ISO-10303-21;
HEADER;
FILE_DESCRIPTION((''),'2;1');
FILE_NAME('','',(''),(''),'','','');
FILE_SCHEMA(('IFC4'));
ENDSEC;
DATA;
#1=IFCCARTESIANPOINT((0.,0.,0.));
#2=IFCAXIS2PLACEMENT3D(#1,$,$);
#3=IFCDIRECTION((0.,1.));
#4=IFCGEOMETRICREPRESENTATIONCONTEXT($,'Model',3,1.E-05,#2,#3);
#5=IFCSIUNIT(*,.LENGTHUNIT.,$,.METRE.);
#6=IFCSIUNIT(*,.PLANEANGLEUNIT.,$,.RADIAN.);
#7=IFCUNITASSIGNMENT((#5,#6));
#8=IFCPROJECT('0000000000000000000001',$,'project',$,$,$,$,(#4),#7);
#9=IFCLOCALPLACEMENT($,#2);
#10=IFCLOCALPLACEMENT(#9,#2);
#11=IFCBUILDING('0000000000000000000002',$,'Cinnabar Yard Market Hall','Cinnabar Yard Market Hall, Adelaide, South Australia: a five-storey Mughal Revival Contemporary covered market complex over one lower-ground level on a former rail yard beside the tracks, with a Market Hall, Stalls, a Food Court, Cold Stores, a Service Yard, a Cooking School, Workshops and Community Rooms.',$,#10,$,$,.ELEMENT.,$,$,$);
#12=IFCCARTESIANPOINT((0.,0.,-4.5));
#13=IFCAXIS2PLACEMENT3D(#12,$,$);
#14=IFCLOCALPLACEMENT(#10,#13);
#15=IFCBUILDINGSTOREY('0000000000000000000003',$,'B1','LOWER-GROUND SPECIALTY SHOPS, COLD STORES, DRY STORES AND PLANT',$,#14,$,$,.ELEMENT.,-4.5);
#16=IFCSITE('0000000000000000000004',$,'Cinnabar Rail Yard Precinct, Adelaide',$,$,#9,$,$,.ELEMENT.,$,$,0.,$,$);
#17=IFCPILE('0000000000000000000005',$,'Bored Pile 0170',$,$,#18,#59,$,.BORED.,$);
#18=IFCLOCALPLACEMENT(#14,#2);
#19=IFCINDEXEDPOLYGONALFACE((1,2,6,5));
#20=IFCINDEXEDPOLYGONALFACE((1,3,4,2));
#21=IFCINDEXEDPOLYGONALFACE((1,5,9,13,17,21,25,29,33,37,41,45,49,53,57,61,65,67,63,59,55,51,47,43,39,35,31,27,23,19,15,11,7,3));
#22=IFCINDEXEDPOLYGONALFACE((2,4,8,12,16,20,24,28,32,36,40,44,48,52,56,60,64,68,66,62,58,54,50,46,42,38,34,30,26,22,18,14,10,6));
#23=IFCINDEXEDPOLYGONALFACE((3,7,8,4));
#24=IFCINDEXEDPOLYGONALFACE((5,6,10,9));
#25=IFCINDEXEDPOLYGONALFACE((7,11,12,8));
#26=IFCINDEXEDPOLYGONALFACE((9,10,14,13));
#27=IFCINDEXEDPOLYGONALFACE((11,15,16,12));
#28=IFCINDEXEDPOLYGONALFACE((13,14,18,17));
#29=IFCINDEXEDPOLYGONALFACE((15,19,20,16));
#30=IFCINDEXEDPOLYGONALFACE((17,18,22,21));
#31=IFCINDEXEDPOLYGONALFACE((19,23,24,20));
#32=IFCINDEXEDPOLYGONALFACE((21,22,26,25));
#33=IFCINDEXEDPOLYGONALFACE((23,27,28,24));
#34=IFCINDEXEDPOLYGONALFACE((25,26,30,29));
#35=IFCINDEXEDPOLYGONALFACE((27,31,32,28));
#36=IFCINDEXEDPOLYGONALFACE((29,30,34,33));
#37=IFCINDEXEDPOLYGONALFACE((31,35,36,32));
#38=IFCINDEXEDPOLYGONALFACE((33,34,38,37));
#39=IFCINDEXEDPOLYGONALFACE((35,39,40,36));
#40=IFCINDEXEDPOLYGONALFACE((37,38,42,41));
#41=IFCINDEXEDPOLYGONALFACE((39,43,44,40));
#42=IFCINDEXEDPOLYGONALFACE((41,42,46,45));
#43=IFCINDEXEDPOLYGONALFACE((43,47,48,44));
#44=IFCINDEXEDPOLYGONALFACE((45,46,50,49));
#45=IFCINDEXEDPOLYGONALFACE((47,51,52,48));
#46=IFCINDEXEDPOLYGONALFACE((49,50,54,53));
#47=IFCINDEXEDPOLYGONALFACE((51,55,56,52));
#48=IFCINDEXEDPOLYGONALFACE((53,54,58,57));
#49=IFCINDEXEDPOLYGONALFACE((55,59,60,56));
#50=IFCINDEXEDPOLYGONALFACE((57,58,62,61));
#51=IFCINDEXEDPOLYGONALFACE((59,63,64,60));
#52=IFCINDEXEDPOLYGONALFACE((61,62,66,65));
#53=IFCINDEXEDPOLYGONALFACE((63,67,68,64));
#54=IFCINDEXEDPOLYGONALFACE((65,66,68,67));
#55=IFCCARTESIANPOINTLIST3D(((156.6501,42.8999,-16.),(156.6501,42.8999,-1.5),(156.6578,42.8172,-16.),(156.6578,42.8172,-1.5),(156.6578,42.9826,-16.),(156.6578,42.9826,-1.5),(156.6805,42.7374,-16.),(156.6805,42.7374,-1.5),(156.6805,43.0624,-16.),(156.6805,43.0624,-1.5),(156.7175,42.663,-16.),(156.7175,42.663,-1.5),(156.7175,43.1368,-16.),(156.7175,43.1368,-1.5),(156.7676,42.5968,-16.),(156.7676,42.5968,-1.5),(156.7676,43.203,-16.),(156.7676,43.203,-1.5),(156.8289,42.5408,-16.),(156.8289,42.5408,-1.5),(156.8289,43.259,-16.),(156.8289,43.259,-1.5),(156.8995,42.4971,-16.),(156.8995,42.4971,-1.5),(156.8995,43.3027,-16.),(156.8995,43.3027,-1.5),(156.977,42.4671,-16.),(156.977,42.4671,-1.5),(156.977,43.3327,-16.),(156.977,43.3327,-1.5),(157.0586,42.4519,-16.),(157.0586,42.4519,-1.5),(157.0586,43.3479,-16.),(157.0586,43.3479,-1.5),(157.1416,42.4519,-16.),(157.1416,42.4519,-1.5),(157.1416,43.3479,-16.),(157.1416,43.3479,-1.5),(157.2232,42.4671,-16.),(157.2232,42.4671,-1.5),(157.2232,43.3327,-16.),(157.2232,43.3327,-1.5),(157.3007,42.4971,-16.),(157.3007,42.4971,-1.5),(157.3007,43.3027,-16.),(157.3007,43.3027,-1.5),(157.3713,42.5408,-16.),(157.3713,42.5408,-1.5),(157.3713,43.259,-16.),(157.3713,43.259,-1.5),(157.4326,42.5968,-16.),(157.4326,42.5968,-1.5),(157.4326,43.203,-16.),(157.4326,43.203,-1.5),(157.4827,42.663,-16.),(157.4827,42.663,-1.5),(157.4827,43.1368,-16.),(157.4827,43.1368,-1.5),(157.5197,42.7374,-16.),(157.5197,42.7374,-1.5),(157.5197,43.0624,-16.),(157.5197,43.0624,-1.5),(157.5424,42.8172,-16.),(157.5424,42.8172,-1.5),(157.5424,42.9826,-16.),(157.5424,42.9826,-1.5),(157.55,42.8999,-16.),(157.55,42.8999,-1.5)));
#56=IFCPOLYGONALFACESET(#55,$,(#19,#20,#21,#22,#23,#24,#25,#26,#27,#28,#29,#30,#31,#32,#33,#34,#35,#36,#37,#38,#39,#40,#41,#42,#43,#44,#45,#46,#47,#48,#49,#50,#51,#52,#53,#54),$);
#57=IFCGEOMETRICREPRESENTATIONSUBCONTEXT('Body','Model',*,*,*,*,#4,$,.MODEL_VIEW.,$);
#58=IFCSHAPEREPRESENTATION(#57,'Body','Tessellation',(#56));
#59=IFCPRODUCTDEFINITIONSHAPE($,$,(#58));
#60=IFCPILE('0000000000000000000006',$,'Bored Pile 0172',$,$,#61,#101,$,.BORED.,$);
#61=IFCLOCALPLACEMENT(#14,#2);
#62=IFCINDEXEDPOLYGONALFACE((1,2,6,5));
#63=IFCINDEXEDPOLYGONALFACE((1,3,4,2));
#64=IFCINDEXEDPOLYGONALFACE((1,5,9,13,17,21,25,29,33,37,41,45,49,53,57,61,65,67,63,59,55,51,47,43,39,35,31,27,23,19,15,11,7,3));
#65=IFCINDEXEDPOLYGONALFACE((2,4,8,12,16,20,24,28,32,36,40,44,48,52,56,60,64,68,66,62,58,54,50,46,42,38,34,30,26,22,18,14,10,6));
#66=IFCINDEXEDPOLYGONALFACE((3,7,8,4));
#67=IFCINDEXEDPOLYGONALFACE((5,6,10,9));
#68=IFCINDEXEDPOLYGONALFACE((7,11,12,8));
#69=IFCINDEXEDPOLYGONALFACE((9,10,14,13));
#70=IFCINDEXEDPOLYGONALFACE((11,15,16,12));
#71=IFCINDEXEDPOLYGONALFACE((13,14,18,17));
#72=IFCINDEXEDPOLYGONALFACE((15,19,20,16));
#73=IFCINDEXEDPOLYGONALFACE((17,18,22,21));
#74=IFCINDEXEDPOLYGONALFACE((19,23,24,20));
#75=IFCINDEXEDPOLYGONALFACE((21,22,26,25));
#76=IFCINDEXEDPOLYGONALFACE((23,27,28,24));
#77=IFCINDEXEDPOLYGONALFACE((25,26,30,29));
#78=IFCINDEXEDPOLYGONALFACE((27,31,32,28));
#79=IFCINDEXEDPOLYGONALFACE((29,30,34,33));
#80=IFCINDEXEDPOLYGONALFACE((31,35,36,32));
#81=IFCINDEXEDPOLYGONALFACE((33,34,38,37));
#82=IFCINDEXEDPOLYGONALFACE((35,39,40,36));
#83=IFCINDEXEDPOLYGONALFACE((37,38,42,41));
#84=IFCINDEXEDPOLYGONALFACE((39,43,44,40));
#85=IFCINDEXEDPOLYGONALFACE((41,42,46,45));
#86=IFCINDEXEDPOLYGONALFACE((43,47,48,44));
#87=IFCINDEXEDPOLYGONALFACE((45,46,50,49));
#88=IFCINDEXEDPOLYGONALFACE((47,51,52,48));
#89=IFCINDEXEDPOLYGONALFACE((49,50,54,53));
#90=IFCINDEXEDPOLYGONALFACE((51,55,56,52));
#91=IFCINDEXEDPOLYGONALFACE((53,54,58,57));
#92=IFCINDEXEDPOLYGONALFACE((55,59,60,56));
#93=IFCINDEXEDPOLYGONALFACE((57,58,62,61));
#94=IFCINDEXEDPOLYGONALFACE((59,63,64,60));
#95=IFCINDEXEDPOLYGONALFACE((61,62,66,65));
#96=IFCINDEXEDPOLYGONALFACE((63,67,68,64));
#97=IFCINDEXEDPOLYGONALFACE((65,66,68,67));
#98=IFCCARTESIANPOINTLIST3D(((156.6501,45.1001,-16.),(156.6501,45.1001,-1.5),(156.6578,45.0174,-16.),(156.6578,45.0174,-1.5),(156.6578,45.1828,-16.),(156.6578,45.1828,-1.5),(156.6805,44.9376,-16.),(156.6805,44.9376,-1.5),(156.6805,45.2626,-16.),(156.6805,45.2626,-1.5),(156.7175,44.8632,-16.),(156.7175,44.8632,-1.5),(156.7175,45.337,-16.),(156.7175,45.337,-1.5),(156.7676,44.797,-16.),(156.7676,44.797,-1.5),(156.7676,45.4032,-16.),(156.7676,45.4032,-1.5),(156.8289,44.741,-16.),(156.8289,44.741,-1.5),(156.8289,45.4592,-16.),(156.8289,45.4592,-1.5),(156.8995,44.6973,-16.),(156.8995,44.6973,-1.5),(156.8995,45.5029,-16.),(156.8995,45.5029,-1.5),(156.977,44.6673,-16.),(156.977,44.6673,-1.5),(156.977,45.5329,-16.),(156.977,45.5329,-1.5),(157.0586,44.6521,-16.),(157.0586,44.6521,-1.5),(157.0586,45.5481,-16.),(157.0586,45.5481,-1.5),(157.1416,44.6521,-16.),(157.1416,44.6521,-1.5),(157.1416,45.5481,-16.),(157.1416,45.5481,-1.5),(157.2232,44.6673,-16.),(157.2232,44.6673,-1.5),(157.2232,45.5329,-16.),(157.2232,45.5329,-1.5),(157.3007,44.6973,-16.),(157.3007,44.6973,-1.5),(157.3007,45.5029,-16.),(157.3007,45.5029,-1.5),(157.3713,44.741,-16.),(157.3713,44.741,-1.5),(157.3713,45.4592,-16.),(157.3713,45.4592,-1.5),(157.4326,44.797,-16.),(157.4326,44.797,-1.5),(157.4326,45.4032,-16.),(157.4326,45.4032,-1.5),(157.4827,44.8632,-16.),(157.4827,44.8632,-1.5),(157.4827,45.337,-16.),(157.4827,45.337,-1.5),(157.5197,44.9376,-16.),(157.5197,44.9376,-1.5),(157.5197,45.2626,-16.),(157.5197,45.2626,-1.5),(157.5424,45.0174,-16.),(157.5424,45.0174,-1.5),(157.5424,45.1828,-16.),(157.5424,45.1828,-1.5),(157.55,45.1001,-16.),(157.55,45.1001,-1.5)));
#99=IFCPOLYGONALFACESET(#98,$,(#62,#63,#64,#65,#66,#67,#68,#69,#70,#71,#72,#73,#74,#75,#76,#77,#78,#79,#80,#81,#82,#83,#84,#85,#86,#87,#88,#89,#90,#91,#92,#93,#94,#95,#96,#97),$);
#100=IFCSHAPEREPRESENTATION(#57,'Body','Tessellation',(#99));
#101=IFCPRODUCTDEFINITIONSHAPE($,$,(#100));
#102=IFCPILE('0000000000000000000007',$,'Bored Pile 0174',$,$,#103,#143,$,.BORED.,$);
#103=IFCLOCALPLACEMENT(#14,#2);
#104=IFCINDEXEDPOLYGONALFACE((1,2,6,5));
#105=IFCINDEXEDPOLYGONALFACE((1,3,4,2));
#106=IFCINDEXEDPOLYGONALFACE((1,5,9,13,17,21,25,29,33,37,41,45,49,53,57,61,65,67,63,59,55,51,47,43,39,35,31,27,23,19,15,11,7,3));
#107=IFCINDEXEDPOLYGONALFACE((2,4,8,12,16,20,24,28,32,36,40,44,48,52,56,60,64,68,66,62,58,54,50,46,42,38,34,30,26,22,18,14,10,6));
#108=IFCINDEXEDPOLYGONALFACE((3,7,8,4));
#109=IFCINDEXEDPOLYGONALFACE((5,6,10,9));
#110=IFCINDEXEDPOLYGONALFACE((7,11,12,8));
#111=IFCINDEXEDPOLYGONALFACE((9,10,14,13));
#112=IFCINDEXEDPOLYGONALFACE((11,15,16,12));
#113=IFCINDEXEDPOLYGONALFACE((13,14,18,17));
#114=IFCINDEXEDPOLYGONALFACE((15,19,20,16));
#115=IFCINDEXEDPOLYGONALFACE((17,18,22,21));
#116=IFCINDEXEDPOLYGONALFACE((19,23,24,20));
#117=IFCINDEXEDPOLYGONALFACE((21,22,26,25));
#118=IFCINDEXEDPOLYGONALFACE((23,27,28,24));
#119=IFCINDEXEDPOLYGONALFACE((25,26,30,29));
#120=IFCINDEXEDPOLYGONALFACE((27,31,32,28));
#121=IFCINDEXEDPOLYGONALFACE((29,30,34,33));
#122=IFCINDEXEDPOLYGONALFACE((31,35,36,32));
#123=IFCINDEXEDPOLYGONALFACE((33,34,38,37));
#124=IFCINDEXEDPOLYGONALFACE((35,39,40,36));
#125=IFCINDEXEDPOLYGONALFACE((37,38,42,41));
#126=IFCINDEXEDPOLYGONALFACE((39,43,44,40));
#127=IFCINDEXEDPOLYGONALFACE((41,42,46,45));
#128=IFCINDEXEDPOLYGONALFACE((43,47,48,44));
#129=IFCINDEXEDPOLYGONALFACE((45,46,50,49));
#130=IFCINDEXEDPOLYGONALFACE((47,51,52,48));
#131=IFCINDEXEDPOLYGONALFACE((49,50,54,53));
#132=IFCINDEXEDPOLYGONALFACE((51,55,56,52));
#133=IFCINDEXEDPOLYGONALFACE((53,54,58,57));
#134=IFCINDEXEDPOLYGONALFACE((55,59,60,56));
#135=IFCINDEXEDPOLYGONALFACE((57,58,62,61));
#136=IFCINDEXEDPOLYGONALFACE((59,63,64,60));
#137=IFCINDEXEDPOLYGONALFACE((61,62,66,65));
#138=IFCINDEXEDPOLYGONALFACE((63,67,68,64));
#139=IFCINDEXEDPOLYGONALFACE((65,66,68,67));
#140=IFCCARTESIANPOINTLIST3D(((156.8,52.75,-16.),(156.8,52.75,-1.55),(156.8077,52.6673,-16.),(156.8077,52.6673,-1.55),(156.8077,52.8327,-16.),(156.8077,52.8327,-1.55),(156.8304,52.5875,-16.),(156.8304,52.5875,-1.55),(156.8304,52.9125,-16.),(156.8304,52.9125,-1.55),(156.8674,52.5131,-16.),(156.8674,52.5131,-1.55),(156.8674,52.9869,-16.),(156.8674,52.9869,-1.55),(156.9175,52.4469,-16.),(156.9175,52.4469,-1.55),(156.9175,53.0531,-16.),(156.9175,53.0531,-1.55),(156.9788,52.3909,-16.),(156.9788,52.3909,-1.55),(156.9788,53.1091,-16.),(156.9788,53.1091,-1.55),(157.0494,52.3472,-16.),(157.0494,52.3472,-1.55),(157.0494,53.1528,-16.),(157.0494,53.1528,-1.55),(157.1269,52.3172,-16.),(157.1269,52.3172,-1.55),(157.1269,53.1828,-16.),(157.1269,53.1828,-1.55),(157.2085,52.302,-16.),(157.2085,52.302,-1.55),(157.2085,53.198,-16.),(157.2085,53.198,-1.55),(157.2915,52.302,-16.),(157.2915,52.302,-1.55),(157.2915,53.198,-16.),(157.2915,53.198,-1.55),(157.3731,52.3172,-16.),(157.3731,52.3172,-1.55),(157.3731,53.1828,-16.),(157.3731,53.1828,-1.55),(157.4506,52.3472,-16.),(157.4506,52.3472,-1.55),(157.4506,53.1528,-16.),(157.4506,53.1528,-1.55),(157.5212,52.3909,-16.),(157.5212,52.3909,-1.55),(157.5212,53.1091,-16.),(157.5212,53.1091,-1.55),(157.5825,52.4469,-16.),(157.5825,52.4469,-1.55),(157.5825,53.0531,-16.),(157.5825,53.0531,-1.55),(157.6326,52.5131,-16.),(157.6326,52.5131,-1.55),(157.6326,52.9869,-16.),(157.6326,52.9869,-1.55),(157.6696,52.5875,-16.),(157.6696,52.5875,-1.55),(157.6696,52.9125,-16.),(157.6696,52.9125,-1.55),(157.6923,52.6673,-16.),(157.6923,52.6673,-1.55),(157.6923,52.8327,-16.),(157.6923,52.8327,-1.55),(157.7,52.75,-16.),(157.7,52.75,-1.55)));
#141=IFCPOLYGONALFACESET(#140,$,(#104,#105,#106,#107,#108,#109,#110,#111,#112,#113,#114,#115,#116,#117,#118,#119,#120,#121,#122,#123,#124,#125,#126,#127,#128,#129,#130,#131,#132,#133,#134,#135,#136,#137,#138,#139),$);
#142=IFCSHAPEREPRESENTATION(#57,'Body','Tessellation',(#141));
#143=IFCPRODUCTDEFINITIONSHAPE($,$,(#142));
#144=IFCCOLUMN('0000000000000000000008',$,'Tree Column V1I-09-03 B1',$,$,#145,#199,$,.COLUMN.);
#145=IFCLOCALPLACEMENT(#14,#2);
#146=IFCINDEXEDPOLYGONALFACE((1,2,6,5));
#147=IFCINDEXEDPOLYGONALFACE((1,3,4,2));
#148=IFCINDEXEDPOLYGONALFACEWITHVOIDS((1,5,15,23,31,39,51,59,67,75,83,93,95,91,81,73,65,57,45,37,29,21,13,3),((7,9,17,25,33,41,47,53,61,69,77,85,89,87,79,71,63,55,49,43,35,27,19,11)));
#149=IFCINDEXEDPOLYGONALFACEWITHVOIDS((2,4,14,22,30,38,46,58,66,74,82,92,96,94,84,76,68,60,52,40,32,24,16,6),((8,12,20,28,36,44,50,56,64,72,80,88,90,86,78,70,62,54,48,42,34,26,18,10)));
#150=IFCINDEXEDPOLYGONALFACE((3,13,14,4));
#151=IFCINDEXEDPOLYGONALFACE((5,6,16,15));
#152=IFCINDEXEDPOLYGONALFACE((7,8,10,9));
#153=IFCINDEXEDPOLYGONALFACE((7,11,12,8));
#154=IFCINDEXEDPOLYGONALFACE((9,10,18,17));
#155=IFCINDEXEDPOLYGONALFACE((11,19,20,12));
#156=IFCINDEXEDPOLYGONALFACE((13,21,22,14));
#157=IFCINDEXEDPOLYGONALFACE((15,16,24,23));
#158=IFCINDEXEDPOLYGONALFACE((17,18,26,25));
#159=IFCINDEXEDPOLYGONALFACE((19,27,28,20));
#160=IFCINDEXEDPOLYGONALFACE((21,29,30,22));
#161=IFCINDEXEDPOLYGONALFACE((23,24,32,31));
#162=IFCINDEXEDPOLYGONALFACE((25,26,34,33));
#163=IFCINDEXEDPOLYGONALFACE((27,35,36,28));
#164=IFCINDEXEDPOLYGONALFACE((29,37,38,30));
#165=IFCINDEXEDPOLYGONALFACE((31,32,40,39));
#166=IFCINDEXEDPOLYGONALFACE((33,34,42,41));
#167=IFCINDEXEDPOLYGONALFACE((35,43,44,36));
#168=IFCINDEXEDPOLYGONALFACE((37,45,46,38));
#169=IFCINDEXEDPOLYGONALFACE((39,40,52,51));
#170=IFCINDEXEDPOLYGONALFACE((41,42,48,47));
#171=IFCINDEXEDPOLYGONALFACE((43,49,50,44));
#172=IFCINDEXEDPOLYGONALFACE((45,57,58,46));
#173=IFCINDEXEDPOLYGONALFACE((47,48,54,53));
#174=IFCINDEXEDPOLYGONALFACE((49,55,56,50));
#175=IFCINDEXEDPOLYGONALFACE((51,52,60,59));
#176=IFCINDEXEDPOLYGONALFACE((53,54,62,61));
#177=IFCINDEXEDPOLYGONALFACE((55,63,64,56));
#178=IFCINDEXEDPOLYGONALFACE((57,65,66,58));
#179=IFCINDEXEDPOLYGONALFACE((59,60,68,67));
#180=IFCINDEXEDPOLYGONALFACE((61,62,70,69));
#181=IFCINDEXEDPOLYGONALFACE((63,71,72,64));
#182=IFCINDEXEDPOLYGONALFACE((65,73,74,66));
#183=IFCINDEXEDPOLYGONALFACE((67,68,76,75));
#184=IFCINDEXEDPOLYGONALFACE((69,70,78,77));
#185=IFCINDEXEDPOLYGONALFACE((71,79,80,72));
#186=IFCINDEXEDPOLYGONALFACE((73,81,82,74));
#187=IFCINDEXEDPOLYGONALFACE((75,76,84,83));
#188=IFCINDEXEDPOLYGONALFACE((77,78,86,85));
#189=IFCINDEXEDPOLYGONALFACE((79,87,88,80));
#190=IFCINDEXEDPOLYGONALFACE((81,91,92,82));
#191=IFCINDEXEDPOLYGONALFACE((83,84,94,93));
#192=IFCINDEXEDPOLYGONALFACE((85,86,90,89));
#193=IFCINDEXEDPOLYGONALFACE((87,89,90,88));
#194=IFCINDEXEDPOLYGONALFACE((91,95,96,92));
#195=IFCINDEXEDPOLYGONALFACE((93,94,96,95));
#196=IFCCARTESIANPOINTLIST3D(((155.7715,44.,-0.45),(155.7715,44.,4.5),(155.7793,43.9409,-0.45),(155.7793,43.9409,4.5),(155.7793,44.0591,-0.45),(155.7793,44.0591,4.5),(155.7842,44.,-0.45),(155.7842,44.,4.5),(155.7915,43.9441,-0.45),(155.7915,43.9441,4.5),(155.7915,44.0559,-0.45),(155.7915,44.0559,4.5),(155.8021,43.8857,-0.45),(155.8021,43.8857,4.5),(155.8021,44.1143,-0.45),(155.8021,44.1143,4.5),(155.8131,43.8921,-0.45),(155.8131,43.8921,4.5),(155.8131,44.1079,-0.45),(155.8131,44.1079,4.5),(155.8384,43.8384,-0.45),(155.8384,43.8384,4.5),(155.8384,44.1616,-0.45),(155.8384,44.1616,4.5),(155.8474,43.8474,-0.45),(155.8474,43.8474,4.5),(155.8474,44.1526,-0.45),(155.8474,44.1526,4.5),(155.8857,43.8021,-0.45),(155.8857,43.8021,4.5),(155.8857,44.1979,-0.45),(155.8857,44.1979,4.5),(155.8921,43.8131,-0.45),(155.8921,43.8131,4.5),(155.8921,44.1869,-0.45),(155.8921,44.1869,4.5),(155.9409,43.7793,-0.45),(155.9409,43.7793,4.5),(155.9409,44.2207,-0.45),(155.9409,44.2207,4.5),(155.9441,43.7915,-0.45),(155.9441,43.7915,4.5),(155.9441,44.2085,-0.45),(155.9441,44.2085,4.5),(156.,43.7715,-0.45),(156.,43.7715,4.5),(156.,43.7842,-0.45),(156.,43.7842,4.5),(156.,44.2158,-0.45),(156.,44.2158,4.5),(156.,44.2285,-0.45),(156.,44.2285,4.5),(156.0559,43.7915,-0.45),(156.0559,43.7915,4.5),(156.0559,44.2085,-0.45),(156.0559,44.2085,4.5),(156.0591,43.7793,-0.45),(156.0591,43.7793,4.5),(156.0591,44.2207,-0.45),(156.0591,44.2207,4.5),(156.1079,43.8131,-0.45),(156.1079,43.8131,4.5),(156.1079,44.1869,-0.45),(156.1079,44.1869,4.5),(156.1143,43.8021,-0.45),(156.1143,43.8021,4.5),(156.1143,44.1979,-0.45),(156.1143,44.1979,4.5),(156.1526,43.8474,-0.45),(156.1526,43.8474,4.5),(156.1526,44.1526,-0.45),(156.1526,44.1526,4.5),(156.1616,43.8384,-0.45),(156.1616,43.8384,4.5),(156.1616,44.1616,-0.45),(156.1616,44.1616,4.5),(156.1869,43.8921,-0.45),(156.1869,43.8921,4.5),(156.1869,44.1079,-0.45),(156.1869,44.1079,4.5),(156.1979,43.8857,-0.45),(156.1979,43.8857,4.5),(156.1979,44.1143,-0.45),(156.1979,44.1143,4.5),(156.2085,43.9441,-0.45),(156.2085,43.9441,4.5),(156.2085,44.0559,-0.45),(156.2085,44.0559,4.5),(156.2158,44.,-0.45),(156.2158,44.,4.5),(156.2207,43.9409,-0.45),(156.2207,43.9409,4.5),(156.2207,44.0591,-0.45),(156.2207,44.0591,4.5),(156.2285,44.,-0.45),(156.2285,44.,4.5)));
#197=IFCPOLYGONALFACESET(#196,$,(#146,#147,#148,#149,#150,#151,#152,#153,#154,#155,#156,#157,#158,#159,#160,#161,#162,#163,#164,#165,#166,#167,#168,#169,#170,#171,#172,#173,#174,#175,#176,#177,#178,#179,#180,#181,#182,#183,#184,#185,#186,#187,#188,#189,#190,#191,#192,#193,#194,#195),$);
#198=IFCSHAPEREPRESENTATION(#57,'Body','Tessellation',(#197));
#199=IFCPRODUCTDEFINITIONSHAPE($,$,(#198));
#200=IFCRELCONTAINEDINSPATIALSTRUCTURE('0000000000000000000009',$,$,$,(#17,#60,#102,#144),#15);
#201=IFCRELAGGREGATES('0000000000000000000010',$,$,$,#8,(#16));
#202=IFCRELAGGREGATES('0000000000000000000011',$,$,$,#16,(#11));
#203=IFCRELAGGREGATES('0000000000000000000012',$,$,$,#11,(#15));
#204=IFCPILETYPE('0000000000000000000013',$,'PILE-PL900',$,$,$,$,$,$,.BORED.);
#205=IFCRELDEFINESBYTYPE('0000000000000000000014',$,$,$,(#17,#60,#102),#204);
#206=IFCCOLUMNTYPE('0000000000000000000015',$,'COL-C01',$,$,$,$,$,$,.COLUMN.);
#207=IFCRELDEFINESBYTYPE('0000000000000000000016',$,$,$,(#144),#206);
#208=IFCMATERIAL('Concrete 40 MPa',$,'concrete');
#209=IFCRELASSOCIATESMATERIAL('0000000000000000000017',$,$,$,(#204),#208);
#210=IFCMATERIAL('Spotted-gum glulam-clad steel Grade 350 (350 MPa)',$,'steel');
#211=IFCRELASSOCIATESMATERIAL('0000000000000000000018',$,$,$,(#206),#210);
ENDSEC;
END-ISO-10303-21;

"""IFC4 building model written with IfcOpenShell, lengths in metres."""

from ifc_helpers import new_model, si_unit, direction, frame, origin, origin_2d_with_axis, place, context, subcontext, project, spatial, circle, hollow_circle, extrude, material, material_profile, profile_set, type_object, element, save


model = new_model("IFC4")

# Units and contexts
model_context = context("Model", 3, precision=1e-05, world=origin(), true_north=direction((0.0, 1.0)))
body_context = subcontext(model_context, "Body", "Model", "MODEL_VIEW")
ifc_project = project(units=[si_unit("LENGTHUNIT", "METRE"), si_unit("PLANEANGLEUNIT", "RADIAN")], contexts=[model_context])

# Site, building, storey
site_placement = place(None, origin())
site = spatial("IfcSite", under=ifc_project, at=site_placement, Name="Cinnabar Rail Yard Precinct, Adelaide", CompositionType="ELEMENT", RefElevation=0.0)
building_placement = place(site_placement, origin())
building = spatial("IfcBuilding", under=site, at=building_placement, Name="Cinnabar Yard Market Hall", Description="Cinnabar Yard Market Hall, Adelaide, South Australia: a five-storey Mughal Revival Contemporary covered market complex over one lower-ground level on a former rail yard beside the tracks, with a Market Hall, Stalls, a Food Court, Cold Stores, a Service Yard, a Cooking School, Workshops and Community Rooms.", CompositionType="ELEMENT")
storey_placement = place(building_placement, frame((0.0, 0.0, -4.5)))
storey = spatial("IfcBuildingStorey", under=building, at=storey_placement, Name="B1", Description="LOWER-GROUND SPECIALTY SHOPS, COLD STORES, DRY STORES AND PLANT", CompositionType="ELEMENT", Elevation=-4.5)

# Shared definitions
ifc_material_1 = material(Name="Concrete 40 MPa", Category="concrete")

# Piles
ifc_material_profile_1 = material_profile(ifc_material_1, circle(Radius=0.45, at=origin_2d_with_axis()), Name="PILE-D900")
ifc_profile_set_1 = profile_set([ifc_material_profile_1], Name="Concrete 40 MPa")
pile_type_1 = type_object("IfcPileType", Name="PILE-PL900", PredefinedType="BORED", material=ifc_profile_set_1)
for number, where, z_axis, x_axis, name in (
    (1, (157.1001, 42.8999, -1.5), (0.0, 0.0, -1.0), (1.0, 0.0, 0.0), "Bored Pile 0170"),
    (2, (157.1001, 45.1001, -1.5), (0.0, 0.0, -1.0), (1.0, 0.0, 0.0), "Bored Pile 0172"),
):
    element("IfcPile", number, at=place(storey_placement, frame(where, z_axis=z_axis, x_axis=x_axis)), inside=storey, type_object=pile_type_1, Name=name, PredefinedType="BORED", context=body_context, shape_type="SweptSolid", body=[
        extrude(circle(Radius=0.45, at=origin_2d_with_axis()), origin(), (0.0, 0.0, 1.0), 14.5),
    ])
pile_1_placement = place(storey_placement, frame((157.25, 52.75, -1.55), z_axis=(0.0, 0.0, -1.0), x_axis=(1.0, 0.0, 0.0)))
element("IfcPile", 3, at=pile_1_placement, inside=storey, type_object=pile_type_1, Name="Bored Pile 0174", PredefinedType="BORED", context=body_context, shape_type="SweptSolid", body=[
    extrude(circle(Radius=0.45, at=origin_2d_with_axis()), origin(), (0.0, 0.0, 1.0), 14.45),
])

# Column
ifc_material_2 = material(Name="Spotted-gum glulam-clad steel Grade 350 (350 MPa)", Category="steel")
ifc_material_profile_2 = material_profile(ifc_material_2, hollow_circle(Radius=0.2285, WallThickness=0.0127, at=origin_2d_with_axis()), Name="457.0x12.7CHS")
ifc_profile_set_2 = profile_set([ifc_material_profile_2], Name="Spotted-gum glulam-clad steel Grade 350 (350 MPa)")
column_type_1 = type_object("IfcColumnType", Name="COL-C01", PredefinedType="COLUMN", material=ifc_profile_set_2)
column_1_placement = place(storey_placement, frame((156.0, 44.0, -0.45), z_axis=(0.0, 0.0, 1.0), x_axis=(1.0, 0.0, 0.0)))
element("IfcColumn", 4, at=column_1_placement, inside=storey, type_object=column_type_1, Name="Tree Column V1I-09-03 B1", PredefinedType="COLUMN", context=body_context, shape_type="SweptSolid", body=[
    extrude(hollow_circle(Radius=0.2285, WallThickness=0.0127, at=origin_2d_with_axis()), origin(), (0.0, 0.0, 1.0), 4.95),
])

save(model, "model.ifc")
